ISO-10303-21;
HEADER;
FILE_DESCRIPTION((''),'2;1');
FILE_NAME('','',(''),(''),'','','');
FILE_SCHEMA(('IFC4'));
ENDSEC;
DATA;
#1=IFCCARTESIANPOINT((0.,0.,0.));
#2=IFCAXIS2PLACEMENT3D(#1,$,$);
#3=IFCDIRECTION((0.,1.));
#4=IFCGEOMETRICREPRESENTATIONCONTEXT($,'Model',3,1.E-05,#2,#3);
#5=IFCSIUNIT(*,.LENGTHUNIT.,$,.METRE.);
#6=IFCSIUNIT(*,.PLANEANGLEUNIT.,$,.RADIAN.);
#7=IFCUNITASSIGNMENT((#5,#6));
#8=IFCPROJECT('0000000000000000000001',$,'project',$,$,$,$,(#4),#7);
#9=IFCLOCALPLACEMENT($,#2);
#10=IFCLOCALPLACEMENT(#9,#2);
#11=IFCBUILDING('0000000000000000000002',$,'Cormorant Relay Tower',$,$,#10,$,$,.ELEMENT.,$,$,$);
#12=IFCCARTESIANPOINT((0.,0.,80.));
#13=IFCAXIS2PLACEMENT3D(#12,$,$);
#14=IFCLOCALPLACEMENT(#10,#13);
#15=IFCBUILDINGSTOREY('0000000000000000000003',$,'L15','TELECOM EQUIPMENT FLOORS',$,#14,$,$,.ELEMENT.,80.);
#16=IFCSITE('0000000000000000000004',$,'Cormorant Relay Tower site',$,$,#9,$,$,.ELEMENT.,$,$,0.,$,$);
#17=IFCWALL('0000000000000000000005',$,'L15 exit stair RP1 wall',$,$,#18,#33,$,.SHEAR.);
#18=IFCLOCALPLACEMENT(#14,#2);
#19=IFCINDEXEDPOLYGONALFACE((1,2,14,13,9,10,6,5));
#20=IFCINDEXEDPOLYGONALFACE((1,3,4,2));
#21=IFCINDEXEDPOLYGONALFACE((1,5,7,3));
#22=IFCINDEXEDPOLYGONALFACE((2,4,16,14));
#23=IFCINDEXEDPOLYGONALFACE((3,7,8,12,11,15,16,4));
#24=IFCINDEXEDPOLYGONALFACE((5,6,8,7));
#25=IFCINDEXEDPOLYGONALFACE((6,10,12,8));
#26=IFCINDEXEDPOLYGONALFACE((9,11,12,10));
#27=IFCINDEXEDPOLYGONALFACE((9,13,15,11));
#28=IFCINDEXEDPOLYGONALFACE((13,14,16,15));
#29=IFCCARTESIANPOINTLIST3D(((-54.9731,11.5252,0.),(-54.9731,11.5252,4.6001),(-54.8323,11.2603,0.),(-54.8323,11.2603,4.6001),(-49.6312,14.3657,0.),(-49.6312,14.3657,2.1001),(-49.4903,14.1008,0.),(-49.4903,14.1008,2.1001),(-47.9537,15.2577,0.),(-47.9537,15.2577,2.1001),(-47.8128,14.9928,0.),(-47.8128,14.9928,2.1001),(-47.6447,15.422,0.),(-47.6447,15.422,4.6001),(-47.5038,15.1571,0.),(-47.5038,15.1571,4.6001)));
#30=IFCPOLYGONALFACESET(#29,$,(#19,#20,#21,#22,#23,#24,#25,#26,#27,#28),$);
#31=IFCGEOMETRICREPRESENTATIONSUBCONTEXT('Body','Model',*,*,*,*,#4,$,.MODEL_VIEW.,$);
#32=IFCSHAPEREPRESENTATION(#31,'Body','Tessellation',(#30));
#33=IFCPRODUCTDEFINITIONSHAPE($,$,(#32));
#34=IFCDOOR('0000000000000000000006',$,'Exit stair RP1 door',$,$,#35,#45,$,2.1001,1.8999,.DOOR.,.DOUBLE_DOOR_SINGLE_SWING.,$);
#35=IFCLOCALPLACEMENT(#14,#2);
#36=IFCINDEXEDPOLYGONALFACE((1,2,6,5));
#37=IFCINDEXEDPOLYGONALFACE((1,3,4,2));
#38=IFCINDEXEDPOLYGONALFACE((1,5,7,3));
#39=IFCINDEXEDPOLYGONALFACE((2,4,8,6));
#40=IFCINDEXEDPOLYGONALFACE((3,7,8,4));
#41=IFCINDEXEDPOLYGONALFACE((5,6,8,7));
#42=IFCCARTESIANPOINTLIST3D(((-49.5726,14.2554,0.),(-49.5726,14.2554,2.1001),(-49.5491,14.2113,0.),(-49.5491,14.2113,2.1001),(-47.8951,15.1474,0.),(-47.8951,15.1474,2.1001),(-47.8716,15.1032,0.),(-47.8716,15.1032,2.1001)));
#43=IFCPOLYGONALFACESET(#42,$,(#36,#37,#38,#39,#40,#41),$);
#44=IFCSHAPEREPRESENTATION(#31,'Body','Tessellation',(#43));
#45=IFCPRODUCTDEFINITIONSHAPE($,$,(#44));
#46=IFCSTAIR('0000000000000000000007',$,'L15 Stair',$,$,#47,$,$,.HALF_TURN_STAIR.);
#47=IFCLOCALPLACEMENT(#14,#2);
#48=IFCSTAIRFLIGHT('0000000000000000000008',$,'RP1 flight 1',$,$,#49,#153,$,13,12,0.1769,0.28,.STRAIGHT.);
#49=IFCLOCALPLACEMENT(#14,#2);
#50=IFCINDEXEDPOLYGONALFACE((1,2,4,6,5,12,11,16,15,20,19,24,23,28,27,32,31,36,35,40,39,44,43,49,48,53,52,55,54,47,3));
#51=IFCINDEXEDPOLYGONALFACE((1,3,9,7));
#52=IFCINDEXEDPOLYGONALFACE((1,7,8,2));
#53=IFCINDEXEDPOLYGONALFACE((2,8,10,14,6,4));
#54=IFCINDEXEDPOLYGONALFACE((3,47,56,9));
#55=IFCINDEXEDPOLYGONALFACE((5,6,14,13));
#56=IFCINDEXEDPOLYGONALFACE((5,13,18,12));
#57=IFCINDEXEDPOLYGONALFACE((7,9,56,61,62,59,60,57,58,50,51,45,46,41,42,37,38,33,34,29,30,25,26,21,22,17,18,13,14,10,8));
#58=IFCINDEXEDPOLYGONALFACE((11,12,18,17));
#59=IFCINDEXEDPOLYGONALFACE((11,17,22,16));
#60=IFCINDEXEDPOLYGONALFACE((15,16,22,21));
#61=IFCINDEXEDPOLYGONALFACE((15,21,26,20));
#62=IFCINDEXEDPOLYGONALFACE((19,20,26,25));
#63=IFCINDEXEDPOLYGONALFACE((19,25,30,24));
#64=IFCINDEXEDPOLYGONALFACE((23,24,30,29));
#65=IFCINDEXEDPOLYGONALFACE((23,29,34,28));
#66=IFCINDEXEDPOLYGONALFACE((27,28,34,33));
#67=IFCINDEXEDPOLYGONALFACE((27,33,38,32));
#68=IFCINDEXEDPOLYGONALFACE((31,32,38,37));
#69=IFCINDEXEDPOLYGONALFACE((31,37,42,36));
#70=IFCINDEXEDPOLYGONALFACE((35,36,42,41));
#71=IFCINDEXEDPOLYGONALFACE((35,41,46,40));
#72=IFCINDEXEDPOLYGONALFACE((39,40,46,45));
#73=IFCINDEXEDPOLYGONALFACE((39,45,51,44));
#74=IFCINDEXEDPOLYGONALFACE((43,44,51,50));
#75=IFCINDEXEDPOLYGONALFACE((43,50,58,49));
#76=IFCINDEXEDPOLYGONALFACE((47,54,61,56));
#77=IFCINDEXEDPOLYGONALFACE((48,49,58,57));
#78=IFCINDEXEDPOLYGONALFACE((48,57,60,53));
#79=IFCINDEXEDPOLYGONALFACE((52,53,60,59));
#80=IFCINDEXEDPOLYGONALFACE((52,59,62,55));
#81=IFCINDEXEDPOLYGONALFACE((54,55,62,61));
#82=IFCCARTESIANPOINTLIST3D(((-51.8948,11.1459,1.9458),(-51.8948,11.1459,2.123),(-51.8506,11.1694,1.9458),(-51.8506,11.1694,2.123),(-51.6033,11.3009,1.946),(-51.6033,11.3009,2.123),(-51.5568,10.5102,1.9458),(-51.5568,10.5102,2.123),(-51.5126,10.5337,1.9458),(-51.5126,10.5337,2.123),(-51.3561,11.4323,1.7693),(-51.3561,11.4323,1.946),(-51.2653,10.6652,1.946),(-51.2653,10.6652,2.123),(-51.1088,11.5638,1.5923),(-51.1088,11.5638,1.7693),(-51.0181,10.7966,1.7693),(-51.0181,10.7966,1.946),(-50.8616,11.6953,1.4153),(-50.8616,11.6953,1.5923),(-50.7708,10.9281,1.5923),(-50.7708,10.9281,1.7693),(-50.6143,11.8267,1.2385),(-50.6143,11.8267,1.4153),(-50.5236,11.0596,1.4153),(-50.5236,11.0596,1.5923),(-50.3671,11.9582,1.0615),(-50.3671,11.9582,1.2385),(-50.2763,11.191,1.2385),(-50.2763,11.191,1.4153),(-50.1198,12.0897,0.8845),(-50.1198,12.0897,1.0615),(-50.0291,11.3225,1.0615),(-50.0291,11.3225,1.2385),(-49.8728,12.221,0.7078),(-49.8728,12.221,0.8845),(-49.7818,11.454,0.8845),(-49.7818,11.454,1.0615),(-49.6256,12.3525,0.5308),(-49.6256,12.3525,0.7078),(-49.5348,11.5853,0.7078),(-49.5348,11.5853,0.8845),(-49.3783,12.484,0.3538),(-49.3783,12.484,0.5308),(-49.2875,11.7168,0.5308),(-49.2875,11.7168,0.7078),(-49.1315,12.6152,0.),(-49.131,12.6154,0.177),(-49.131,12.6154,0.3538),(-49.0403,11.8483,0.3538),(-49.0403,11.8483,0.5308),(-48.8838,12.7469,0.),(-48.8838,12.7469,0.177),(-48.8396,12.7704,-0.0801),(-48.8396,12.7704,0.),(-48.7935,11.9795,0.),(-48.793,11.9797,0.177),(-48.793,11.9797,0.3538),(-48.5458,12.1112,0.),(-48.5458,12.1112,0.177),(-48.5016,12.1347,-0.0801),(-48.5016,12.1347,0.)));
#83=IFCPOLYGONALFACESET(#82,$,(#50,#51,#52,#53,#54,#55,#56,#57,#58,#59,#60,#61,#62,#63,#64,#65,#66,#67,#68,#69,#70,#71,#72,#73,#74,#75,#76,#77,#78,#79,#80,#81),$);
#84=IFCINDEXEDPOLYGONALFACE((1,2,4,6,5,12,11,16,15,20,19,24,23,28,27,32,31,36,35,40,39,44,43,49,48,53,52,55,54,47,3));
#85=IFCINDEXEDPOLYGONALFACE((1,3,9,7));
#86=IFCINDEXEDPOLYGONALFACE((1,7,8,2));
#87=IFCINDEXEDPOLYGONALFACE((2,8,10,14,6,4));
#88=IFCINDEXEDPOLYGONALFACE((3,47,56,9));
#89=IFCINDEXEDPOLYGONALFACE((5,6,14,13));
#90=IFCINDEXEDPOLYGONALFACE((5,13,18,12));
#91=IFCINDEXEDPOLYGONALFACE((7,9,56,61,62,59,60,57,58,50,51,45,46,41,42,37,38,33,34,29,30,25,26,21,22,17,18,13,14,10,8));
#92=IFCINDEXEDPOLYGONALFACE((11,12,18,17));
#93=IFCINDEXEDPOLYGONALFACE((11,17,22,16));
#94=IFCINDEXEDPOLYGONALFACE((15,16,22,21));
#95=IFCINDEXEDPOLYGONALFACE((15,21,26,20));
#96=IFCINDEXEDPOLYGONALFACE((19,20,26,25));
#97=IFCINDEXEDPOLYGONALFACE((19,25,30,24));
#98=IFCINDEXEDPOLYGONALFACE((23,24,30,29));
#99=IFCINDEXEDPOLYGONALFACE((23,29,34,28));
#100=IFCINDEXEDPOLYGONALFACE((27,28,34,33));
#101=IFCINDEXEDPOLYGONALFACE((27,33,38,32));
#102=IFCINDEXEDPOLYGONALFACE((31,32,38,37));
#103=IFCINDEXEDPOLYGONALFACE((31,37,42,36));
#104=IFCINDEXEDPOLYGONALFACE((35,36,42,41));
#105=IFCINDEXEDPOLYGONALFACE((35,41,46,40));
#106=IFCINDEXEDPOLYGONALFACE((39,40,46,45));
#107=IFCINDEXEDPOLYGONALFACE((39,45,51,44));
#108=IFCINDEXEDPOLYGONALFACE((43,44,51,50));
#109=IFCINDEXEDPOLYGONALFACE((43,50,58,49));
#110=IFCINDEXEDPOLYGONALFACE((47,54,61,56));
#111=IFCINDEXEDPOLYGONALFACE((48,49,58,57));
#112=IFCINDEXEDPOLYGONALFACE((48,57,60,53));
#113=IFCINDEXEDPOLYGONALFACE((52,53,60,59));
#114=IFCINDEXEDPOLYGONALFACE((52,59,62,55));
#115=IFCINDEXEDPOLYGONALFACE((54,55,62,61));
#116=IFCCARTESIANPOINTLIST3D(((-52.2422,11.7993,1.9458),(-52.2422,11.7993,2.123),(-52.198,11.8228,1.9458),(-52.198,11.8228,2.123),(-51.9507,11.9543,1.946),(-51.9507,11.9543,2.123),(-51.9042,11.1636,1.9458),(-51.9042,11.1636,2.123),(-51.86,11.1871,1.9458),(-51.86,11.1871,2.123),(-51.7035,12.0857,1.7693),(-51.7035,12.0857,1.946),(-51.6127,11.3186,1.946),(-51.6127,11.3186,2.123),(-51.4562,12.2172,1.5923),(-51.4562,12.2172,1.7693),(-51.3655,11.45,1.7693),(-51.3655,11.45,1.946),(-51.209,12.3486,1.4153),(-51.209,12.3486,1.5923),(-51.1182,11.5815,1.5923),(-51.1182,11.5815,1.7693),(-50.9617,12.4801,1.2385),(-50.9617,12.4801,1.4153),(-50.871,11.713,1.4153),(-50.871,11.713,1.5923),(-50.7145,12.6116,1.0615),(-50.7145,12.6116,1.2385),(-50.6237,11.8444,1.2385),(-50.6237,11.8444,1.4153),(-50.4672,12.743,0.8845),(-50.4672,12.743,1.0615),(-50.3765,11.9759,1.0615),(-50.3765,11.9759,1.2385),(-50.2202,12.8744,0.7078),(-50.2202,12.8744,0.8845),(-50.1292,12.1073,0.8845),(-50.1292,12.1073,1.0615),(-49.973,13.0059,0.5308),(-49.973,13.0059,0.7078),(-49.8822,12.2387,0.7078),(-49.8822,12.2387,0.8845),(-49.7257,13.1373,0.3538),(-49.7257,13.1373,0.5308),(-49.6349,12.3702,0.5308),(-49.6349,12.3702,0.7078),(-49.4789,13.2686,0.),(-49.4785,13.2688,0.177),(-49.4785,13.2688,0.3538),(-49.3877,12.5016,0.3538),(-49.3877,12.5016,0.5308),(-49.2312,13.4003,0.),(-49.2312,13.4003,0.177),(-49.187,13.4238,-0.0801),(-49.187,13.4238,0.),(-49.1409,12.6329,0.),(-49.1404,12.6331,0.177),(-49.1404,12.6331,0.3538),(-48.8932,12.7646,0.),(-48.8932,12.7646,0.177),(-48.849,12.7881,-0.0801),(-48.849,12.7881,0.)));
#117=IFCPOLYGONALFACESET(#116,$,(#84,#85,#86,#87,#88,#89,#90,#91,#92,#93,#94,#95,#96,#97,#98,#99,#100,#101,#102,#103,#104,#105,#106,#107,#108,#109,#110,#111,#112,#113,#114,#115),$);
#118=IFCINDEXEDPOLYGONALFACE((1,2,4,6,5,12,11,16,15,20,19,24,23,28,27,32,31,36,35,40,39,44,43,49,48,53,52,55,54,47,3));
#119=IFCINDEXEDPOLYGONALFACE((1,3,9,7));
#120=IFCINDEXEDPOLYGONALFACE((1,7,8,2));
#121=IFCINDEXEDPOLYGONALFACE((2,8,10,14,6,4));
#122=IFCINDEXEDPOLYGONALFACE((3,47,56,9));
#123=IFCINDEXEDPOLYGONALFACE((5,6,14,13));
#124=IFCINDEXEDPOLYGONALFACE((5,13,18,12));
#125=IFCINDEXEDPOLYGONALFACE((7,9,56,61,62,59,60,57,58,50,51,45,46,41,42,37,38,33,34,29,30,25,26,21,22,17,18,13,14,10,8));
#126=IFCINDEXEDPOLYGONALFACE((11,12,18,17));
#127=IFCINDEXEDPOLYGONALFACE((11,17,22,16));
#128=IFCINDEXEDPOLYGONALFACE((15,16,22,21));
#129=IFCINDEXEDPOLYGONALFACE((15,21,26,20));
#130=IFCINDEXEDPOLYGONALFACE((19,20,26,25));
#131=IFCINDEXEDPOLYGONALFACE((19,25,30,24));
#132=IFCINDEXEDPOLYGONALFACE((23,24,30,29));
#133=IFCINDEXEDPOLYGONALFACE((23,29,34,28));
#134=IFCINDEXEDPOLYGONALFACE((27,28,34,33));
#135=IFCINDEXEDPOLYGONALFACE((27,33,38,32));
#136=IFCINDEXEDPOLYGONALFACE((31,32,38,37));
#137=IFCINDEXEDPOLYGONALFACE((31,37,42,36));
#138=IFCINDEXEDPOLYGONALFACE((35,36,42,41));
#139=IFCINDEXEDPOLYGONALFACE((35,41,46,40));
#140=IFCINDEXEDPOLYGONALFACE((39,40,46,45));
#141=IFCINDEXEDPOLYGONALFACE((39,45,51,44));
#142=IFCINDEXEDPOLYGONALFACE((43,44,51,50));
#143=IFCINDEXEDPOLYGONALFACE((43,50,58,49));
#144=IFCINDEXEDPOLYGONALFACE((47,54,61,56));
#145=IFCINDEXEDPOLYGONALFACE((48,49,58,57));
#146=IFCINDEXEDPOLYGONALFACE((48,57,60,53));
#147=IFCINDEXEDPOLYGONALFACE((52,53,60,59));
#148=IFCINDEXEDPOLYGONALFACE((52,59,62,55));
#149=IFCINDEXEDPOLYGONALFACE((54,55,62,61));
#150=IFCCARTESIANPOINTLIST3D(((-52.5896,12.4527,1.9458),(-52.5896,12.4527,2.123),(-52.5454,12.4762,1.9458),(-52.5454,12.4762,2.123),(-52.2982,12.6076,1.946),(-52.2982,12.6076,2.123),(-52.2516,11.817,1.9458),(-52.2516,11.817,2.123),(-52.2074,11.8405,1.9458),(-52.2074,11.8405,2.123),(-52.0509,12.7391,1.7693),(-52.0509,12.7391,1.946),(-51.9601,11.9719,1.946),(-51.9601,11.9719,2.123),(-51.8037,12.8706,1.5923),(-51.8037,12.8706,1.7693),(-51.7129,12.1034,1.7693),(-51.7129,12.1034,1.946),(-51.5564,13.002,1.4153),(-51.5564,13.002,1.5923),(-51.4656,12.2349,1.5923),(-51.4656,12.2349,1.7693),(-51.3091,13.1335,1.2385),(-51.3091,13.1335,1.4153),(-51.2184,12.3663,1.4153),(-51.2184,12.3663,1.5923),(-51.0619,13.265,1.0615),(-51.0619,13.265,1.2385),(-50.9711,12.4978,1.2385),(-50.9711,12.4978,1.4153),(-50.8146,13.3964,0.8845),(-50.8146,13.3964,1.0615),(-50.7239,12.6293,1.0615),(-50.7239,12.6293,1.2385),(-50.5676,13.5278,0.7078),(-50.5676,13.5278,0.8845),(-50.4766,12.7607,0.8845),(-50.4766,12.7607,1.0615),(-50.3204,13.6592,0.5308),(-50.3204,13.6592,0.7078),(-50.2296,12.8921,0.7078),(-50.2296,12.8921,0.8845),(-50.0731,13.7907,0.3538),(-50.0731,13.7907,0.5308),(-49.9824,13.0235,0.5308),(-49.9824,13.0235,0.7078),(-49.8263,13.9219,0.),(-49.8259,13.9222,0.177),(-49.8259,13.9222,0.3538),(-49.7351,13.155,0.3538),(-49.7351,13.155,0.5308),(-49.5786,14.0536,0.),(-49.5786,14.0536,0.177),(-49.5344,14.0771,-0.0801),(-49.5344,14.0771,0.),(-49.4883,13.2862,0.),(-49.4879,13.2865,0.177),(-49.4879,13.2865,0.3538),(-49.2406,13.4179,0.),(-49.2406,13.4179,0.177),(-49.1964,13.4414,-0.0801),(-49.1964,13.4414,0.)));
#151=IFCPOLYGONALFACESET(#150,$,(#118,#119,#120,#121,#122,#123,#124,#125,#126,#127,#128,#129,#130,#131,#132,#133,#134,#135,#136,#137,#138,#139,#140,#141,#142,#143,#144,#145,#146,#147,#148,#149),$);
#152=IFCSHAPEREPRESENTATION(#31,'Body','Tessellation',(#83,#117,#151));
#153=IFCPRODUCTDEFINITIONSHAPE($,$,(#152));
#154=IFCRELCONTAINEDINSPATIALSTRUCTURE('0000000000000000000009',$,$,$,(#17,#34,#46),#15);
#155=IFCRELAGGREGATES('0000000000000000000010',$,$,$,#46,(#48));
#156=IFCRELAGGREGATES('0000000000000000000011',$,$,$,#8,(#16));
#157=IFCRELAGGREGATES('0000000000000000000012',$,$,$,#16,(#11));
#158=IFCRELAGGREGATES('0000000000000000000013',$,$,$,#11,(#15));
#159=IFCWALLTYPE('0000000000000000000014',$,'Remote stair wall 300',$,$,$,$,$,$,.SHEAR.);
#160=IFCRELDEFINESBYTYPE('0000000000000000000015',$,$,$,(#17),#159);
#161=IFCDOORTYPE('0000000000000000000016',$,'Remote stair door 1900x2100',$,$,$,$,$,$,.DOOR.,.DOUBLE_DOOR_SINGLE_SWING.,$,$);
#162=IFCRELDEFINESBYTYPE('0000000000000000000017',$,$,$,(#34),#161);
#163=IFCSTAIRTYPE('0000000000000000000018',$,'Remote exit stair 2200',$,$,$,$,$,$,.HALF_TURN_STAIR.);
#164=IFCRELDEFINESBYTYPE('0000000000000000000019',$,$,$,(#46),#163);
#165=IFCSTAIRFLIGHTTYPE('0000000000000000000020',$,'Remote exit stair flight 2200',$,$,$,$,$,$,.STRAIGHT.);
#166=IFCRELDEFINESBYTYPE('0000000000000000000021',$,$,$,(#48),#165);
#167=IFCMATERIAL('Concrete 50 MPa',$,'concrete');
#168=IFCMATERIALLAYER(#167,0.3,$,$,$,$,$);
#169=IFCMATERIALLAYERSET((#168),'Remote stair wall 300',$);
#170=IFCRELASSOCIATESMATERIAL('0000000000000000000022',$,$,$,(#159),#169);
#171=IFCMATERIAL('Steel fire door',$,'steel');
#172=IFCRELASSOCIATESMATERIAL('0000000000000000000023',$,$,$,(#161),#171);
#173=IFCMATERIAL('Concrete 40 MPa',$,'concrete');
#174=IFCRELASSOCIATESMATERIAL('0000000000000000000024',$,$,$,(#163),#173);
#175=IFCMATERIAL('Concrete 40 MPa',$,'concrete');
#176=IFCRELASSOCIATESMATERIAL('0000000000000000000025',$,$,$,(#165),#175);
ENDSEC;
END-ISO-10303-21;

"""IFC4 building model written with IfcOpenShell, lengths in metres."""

from ifc_helpers import new_model, si_unit, direction, frame, frame_2d, origin, place, context, subcontext, project, spatial, polyline, rectangle, outline, extrude, material, layer, layer_set, type_object, element, fill, aggregate, save


model = new_model("IFC4")

# Units and contexts
model_context = context("Model", 3, precision=1e-05, world=origin(), true_north=direction((0.0, 1.0)))
body_context = subcontext(model_context, "Body", "Model", "MODEL_VIEW")
ifc_project = project(units=[si_unit("LENGTHUNIT", "METRE"), si_unit("PLANEANGLEUNIT", "RADIAN")], contexts=[model_context])

# Site, building, storey
site_placement = place(None, origin())
site = spatial("IfcSite", under=ifc_project, at=site_placement, Name="Cormorant Relay Tower site", CompositionType="ELEMENT", RefElevation=0.0)
building_placement = place(site_placement, origin())
building = spatial("IfcBuilding", under=site, at=building_placement, Name="Cormorant Relay Tower", CompositionType="ELEMENT")
storey_placement = place(building_placement, frame((0.0, 0.0, 80.0)))
storey = spatial("IfcBuildingStorey", under=building, at=storey_placement, Name="L15", Description="TELECOM EQUIPMENT FLOORS", CompositionType="ELEMENT", Elevation=80.0)

# Shared definitions
ifc_material_1 = material(Name="Concrete 50 MPa", Category="concrete")
ifc_layer_1 = layer(ifc_material_1, 0.3)
ifc_layer_set_1 = layer_set([ifc_layer_1], Name="Remote stair wall 300")
wall_type_1 = type_object("IfcWallType", Name="Remote stair wall 300", PredefinedType="SHEAR", material=ifc_layer_set_1)

# Wall, opening, door
wall_1_placement = place(storey_placement, frame((-54.9026, 11.3928, 0.0), z_axis=(0.0, 0.0, 1.0), x_axis=(0.882939, 0.469487, 0.0)))
wall_1 = element("IfcWall", 1, at=wall_1_placement, inside=storey, type_object=wall_type_1, Name="L15 exit stair RP1 wall", PredefinedType="SHEAR", context=body_context, shape_type="SweptSolid", body=[
    extrude(rectangle(XDim=8.3, YDim=0.3, at=frame_2d((4.1499, 0.0))), origin(), (0.0, 0.0, 1.0), 4.6001),
])
opening_placement = place(wall_1_placement, frame((6.05, 0.0, 0.0)))
opening = element("IfcOpeningElement", 2, at=opening_placement, cuts=wall_1, PredefinedType="OPENING", context=body_context, shape_type="SweptSolid", body=[
    extrude(rectangle(XDim=1.8999, YDim=2.1001, at=frame_2d((0.95, 1.05))), frame((0.0, 0.1599, 0.0), z_axis=(0.0, -1.0, 0.0), x_axis=(1.0, 0.0, 0.0)), (0.0, 0.0, 1.0), 0.3201),
])
ifc_material_2 = material(Name="Steel fire door", Category="steel")
door_type = type_object("IfcDoorType", Name="Remote stair door 1900x2100", OperationType="DOUBLE_DOOR_SINGLE_SWING", PredefinedType="DOOR", material=ifc_material_2)
door_placement = place(opening_placement, frame((1.8999, 0.0, 0.0), z_axis=(0.0, 0.0, 1.0), x_axis=(-1.0, 0.0, 0.0)))
door = element("IfcDoor", 3, at=door_placement, inside=storey, type_object=door_type, Name="Exit stair RP1 door", OperationType="DOUBLE_DOOR_SINGLE_SWING", OverallHeight=2.1001, OverallWidth=1.8999, PredefinedType="DOOR", context=body_context, shape_type="SweptSolid", body=[
    extrude(rectangle(XDim=1.8999, YDim=2.1001, at=frame_2d((0.95, 1.05))), frame((0.0, 0.0249, 0.0), z_axis=(0.0, -1.0, 0.0), x_axis=(1.0, 0.0, 0.0)), (0.0, 0.0, 1.0), 0.05),
])
fill(opening, door)

# Stair, stair flight
ifc_material_3 = material(Name="Concrete 40 MPa", Category="concrete")
stair_type = type_object("IfcStairType", Name="Remote exit stair 2200", PredefinedType="HALF_TURN_STAIR", material=ifc_material_3)
stair_placement = place(storey_placement, origin())
stair = element("IfcStair", 4, at=stair_placement, inside=storey, type_object=stair_type, Name="L15 Stair", PredefinedType="HALF_TURN_STAIR")
ifc_material_4 = material(Name="Concrete 40 MPa", Category="concrete")
stair_flight_type = type_object("IfcStairFlightType", Name="Remote exit stair flight 2200", PredefinedType="STRAIGHT", material=ifc_material_4)
stair_flight_1_placement = place(storey_placement, frame((-49.0623, 13.0825, 0.0), z_axis=(0.0, 0.0, 1.0), x_axis=(-0.882948, -0.469472, 0.0)))
stair_flight_1 = element("IfcStairFlight", 5, at=stair_flight_1_placement, type_object=stair_flight_type, Name="RP1 flight 1", NumberOfRisers=13, NumberOfTreads=12, PredefinedType="STRAIGHT", RiserHeight=0.1769, TreadLength=0.28, context=body_context, shape_type="SweptSolid", body=[
    extrude(outline(polyline([(-0.05, -0.0801), (-0.05, 0.0), (0.0, 0.0), (0.0, 0.177), (0.28, 0.177), (0.28, 0.3538), (0.5601, 0.3538), (0.5601, 0.5308), (0.8401, 0.5308), (0.8401, 0.7078), (1.1201, 0.7078), (1.1201, 0.8845), (1.3999, 0.8845), (1.3999, 1.0615), (1.6799, 1.0615), (1.6799, 1.2385), (1.96, 1.2385), (1.96, 1.4153), (2.24, 1.4153), (2.24, 1.5923), (2.52, 1.5923), (2.52, 1.7693), (2.8, 1.7693), (2.8, 1.946), (3.0801, 1.946), (3.0801, 2.123), (3.3601, 2.123), (3.4102, 2.123), (3.4102, 1.9458), (3.3601, 1.9458), (0.2805, 0.0), (-0.05, -0.0801)])), frame((0.0, 1.1001, 0.0), z_axis=(0.0, -1.0, 0.0), x_axis=(1.0, 0.0, 0.0)), (0.0, 0.0, 1.0), 0.72),
    extrude(outline(polyline([(-0.05, -0.0801), (-0.05, 0.0), (0.0, 0.0), (0.0, 0.177), (0.28, 0.177), (0.28, 0.3538), (0.5601, 0.3538), (0.5601, 0.5308), (0.8401, 0.5308), (0.8401, 0.7078), (1.1201, 0.7078), (1.1201, 0.8845), (1.3999, 0.8845), (1.3999, 1.0615), (1.6799, 1.0615), (1.6799, 1.2385), (1.96, 1.2385), (1.96, 1.4153), (2.24, 1.4153), (2.24, 1.5923), (2.52, 1.5923), (2.52, 1.7693), (2.8, 1.7693), (2.8, 1.946), (3.0801, 1.946), (3.0801, 2.123), (3.3601, 2.123), (3.4102, 2.123), (3.4102, 1.9458), (3.3601, 1.9458), (0.2805, 0.0), (-0.05, -0.0801)])), frame((0.0, 0.3601, 0.0), z_axis=(0.0, -1.0, 0.0), x_axis=(1.0, 0.0, 0.0)), (0.0, 0.0, 1.0), 0.72),
    extrude(outline(polyline([(-0.05, -0.0801), (-0.05, 0.0), (0.0, 0.0), (0.0, 0.177), (0.28, 0.177), (0.28, 0.3538), (0.5601, 0.3538), (0.5601, 0.5308), (0.8401, 0.5308), (0.8401, 0.7078), (1.1201, 0.7078), (1.1201, 0.8845), (1.3999, 0.8845), (1.3999, 1.0615), (1.6799, 1.0615), (1.6799, 1.2385), (1.96, 1.2385), (1.96, 1.4153), (2.24, 1.4153), (2.24, 1.5923), (2.52, 1.5923), (2.52, 1.7693), (2.8, 1.7693), (2.8, 1.946), (3.0801, 1.946), (3.0801, 2.123), (3.3601, 2.123), (3.4102, 2.123), (3.4102, 1.9458), (3.3601, 1.9458), (0.2805, 0.0), (-0.05, -0.0801)])), frame((0.0, -0.3799, 0.0), z_axis=(0.0, -1.0, 0.0), x_axis=(1.0, 0.0, 0.0)), (0.0, 0.0, 1.0), 0.72),
])
aggregate(stair, [stair_flight_1])

save(model, "model.ifc")
